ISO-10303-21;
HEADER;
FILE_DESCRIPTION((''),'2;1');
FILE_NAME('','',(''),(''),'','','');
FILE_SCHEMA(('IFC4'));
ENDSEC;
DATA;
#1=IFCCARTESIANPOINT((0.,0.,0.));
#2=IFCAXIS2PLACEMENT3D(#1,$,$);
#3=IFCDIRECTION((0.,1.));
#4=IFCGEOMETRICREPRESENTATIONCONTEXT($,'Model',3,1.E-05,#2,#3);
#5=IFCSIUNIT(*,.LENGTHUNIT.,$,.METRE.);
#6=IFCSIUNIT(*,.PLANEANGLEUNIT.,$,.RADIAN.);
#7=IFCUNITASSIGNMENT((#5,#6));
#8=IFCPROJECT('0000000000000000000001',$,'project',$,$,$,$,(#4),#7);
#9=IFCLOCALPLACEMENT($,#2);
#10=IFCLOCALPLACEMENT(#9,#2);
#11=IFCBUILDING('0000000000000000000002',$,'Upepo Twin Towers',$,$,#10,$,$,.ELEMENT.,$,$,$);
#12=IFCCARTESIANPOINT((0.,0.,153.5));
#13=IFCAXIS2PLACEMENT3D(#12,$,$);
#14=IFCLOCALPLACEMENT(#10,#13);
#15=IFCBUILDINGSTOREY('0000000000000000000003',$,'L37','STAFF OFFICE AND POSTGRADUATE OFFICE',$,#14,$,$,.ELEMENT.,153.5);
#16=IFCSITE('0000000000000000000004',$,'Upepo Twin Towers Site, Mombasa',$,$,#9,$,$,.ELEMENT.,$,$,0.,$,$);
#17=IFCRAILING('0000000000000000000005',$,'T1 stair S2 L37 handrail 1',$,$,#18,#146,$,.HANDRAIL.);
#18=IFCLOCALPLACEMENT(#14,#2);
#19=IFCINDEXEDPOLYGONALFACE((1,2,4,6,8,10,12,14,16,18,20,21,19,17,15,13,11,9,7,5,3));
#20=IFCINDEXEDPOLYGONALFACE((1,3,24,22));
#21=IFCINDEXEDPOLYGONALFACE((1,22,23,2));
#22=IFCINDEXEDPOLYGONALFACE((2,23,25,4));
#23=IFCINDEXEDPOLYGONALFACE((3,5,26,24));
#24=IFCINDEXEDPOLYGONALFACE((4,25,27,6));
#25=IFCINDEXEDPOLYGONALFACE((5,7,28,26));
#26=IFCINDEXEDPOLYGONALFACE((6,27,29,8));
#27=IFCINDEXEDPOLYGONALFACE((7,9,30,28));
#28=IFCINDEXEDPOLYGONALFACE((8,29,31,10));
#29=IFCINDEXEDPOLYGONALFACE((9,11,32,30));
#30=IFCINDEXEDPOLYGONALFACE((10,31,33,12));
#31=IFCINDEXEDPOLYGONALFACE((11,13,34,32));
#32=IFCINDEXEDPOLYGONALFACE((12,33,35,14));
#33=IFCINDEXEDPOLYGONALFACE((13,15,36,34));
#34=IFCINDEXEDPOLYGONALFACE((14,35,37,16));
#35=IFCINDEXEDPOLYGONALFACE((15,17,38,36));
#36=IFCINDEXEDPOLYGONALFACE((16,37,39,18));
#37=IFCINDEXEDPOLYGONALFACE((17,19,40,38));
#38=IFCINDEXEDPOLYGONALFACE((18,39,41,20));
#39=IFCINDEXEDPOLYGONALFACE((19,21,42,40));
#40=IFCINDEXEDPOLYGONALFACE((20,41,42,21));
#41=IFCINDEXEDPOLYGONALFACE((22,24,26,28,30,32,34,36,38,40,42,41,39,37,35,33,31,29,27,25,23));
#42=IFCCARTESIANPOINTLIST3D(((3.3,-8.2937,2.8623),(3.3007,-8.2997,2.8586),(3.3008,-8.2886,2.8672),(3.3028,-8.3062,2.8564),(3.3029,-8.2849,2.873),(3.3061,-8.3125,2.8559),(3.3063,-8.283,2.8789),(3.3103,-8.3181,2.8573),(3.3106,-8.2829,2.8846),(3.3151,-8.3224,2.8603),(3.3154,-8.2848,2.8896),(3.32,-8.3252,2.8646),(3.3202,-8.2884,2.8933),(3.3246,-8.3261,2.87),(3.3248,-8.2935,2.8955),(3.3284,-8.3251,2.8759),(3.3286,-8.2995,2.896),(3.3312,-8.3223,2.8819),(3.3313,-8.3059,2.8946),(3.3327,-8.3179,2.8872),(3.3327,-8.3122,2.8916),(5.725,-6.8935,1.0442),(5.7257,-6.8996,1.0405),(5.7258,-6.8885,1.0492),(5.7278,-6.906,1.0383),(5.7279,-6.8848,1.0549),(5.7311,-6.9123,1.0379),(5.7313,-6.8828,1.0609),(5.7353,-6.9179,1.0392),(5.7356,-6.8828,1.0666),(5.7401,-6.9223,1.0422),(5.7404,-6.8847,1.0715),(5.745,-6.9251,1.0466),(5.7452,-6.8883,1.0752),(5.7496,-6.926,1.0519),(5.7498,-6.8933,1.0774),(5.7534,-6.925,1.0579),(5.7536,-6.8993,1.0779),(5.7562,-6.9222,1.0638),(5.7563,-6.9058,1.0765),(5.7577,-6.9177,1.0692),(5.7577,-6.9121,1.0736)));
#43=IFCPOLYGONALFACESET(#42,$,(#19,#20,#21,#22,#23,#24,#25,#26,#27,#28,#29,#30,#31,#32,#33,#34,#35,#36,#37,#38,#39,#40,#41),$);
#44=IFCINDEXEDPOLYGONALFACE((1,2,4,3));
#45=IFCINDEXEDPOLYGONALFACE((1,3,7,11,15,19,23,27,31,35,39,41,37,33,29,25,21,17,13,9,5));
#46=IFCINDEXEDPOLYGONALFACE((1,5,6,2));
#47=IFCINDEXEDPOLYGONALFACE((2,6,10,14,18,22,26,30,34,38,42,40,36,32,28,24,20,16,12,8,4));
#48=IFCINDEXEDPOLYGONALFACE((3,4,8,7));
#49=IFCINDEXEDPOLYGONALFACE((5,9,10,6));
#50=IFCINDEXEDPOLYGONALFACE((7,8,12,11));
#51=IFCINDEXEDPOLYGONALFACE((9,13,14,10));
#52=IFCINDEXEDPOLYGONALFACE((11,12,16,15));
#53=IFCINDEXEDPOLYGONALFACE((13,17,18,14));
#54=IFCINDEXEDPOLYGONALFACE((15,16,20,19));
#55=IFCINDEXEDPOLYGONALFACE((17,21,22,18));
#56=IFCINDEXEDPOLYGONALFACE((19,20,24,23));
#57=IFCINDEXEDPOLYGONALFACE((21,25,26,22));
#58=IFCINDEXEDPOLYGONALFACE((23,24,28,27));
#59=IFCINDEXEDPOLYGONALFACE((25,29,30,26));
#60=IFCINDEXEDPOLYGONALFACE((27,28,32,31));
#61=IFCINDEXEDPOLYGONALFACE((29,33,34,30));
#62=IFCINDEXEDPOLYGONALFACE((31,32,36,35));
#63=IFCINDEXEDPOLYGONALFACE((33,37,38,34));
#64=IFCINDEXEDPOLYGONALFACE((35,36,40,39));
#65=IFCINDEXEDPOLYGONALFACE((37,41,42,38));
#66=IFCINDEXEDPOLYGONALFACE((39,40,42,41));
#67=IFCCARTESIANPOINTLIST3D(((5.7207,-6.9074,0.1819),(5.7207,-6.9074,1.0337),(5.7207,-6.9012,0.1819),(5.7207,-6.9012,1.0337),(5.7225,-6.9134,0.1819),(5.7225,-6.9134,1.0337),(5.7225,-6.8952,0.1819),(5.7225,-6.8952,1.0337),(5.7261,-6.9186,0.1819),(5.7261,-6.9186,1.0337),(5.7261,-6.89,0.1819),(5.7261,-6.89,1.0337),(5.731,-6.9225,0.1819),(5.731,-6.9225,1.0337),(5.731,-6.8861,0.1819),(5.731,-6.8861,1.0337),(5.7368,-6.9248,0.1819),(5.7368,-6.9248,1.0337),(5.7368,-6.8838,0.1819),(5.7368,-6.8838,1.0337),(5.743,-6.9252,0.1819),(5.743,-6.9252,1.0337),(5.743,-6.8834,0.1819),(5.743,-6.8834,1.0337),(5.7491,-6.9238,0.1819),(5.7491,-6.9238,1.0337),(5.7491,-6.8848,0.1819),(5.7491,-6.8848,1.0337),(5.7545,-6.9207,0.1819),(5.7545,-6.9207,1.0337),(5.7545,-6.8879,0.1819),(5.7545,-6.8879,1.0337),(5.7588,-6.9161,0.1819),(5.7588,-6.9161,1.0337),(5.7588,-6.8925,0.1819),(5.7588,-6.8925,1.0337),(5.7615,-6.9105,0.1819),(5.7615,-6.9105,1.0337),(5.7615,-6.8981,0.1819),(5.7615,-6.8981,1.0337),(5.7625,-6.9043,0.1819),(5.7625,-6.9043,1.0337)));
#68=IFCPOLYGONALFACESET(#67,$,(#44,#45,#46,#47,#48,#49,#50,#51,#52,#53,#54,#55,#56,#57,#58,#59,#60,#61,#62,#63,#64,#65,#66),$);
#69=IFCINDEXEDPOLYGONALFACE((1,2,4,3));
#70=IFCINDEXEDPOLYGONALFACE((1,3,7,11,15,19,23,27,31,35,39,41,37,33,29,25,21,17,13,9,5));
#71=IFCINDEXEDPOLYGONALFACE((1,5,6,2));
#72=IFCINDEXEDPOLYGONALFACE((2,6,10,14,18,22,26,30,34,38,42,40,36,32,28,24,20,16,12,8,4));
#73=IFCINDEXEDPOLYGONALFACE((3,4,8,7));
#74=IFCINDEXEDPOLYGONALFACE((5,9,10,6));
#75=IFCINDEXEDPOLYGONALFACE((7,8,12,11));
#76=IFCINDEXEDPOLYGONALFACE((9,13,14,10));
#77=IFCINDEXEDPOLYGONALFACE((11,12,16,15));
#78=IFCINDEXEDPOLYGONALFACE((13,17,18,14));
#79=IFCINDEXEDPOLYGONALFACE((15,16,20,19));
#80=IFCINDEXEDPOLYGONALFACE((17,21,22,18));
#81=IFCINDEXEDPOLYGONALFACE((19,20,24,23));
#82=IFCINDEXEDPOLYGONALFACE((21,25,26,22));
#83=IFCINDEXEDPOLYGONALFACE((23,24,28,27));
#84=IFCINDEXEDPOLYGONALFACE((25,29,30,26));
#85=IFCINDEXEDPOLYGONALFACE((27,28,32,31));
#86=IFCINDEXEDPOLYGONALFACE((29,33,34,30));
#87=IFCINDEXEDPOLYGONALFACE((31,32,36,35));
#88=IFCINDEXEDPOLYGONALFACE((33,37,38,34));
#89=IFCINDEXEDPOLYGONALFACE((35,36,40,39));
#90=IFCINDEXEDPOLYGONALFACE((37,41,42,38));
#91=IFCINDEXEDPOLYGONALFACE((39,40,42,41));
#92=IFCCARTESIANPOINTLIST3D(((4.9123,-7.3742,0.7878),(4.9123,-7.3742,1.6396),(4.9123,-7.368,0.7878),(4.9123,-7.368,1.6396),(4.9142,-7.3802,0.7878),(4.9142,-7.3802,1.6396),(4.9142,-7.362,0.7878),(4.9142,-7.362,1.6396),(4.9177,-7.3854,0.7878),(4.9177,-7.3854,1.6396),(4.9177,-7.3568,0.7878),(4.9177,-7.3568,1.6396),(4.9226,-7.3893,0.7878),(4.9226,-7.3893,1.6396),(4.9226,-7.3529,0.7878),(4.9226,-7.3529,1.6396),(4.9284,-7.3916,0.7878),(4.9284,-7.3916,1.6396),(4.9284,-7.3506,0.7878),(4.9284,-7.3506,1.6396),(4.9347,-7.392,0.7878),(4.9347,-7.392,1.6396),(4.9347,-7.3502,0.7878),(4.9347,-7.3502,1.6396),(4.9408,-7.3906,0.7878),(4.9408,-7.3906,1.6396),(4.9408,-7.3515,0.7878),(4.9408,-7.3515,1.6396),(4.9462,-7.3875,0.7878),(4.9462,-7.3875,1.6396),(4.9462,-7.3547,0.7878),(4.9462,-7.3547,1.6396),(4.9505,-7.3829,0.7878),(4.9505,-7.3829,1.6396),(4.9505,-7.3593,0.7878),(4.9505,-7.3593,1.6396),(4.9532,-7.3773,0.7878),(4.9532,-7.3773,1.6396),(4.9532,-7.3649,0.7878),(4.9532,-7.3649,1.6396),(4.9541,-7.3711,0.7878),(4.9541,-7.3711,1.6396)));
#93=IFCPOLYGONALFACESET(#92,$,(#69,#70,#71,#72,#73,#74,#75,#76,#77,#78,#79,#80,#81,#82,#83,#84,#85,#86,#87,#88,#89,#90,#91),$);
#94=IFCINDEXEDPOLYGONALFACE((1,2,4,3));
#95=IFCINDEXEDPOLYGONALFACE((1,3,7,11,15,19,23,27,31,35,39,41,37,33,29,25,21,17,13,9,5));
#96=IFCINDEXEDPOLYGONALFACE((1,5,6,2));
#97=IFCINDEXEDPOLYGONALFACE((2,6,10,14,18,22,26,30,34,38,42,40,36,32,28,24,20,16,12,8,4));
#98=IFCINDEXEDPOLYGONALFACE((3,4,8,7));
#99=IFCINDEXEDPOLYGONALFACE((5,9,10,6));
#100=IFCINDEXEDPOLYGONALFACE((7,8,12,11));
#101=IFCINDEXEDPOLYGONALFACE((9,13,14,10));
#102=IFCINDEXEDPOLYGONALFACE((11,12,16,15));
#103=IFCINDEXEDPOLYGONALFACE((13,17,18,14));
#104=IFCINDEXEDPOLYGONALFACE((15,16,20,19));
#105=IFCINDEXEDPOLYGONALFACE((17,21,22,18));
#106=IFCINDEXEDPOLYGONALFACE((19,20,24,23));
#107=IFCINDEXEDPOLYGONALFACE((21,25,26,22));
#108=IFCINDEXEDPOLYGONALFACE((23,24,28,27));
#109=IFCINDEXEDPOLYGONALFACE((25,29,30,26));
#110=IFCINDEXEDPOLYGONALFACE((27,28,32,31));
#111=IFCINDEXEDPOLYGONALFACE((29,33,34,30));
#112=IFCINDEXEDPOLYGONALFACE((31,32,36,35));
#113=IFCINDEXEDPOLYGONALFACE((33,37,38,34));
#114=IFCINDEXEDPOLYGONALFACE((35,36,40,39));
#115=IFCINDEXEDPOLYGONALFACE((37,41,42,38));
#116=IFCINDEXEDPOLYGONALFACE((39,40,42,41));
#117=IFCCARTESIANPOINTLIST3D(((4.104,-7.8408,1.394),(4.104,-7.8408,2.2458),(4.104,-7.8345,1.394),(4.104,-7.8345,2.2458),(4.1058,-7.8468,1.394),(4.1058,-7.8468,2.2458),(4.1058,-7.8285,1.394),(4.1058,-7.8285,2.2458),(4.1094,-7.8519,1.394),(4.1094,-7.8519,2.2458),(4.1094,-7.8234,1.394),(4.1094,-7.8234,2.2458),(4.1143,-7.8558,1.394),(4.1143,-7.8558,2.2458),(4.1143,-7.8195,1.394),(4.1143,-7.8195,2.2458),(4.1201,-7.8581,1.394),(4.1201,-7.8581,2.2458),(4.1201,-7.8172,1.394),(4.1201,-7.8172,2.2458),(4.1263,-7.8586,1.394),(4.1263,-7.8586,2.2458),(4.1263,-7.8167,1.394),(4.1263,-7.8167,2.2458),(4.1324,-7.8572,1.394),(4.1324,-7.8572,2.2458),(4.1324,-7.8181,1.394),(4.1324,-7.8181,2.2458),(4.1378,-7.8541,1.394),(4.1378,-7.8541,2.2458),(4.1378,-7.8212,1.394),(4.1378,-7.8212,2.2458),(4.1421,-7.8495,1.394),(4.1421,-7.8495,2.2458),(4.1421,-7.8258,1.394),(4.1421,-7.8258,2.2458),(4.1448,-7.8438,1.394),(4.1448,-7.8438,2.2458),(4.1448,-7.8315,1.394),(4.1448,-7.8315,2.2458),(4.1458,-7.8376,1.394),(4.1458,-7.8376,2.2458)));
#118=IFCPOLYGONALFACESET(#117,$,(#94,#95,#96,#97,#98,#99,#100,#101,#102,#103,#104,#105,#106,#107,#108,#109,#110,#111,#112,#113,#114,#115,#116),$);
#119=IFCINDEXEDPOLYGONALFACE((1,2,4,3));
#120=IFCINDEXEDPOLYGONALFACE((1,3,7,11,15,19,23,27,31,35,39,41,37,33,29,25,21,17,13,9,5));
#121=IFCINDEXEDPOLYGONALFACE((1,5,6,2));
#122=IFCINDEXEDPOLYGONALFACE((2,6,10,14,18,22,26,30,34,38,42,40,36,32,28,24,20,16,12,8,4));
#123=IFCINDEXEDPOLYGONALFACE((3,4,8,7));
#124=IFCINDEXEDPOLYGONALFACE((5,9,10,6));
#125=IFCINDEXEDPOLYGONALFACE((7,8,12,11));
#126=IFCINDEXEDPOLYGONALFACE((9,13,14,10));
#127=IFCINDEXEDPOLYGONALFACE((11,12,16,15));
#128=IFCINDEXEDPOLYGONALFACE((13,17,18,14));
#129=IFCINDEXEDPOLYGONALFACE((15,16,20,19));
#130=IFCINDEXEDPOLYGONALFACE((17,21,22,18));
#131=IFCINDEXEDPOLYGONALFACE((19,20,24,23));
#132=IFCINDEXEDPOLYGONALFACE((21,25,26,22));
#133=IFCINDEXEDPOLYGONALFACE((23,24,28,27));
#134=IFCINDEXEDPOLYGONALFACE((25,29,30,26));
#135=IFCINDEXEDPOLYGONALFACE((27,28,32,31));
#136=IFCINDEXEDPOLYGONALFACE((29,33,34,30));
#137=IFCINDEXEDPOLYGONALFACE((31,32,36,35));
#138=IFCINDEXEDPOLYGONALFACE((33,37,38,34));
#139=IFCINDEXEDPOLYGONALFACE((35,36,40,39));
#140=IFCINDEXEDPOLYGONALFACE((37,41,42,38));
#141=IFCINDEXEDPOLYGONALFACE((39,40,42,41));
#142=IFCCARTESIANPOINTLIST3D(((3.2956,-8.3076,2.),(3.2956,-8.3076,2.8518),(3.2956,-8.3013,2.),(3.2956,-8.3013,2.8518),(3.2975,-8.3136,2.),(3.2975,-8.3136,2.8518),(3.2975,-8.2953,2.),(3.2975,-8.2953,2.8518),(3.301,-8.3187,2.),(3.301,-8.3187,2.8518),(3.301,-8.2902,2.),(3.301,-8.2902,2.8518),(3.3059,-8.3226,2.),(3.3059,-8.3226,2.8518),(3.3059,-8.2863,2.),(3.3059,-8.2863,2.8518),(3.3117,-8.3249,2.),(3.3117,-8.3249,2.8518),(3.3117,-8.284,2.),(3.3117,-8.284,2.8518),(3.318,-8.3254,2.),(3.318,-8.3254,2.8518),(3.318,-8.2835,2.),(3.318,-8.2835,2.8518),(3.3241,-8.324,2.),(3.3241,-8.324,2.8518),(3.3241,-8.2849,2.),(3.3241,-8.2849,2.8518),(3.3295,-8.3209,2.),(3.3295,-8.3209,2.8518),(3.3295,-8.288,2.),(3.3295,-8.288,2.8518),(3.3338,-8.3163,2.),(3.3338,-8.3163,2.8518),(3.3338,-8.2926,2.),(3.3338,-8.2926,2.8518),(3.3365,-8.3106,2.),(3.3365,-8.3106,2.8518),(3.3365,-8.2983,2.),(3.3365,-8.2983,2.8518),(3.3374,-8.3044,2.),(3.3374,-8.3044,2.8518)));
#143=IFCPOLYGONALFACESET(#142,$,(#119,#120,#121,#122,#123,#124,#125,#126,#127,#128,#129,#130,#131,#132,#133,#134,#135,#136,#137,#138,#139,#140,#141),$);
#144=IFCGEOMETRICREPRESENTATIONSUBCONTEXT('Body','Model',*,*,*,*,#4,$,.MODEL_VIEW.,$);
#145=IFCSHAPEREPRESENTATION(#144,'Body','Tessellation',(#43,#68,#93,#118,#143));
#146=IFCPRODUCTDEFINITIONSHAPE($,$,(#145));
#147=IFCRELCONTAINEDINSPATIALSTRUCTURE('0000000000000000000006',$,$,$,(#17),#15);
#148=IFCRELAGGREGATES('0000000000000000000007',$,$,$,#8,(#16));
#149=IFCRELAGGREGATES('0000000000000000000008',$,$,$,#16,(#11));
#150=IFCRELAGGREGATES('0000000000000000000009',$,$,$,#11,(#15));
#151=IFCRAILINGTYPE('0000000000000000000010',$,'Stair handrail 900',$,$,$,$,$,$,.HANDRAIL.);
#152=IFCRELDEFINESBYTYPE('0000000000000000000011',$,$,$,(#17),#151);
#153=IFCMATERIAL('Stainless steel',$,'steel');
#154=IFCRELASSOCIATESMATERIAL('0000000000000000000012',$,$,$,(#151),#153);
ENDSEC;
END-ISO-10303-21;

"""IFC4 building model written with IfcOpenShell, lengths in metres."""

from ifc_helpers import new_model, si_unit, direction, frame, origin, origin_2d, place, context, subcontext, project, spatial, circle, extrude, material, type_object, element, save


model = new_model("IFC4")

# Units and contexts
model_context = context("Model", 3, precision=1e-05, world=origin(), true_north=direction((0.0, 1.0)))
body_context = subcontext(model_context, "Body", "Model", "MODEL_VIEW")
ifc_project = project(units=[si_unit("LENGTHUNIT", "METRE"), si_unit("PLANEANGLEUNIT", "RADIAN")], contexts=[model_context])

# Site, building, storey
site_placement = place(None, origin())
site = spatial("IfcSite", under=ifc_project, at=site_placement, Name="Upepo Twin Towers Site, Mombasa", CompositionType="ELEMENT", RefElevation=0.0)
building_placement = place(site_placement, origin())
building = spatial("IfcBuilding", under=site, at=building_placement, Name="Upepo Twin Towers", CompositionType="ELEMENT")
storey_placement = place(building_placement, frame((0.0, 0.0, 153.5)))
storey = spatial("IfcBuildingStorey", under=building, at=storey_placement, Name="L37", Description="STAFF OFFICE AND POSTGRADUATE OFFICE", CompositionType="ELEMENT", Elevation=153.5)

# Railing
ifc_material_1 = material(Name="Stainless steel", Category="steel")
railing_type = type_object("IfcRailingType", Name="Stair handrail 900", PredefinedType="HANDRAIL", material=ifc_material_1)
railing_placement = place(storey_placement, frame((5.7415, -6.9043, 0.1819)))
element("IfcRailing", 1, at=railing_placement, inside=storey, type_object=railing_type, Name="T1 stair S2 L37 handrail 1", PredefinedType="HANDRAIL", context=body_context, shape_type="SweptSolid", body=[
    extrude(circle(Radius=0.0239, at=origin_2d()), frame((0.0, 0.0, 0.876), z_axis=(-0.726349, -0.419371, 0.54456), x_axis=(0.500012, -0.866019, 0.0)), (0.0, 0.0, 1.0), 3.3386),
    extrude(circle(Radius=0.021, at=origin_2d()), origin(), (0.0, 0.0, 1.0), 0.8518),
    extrude(circle(Radius=0.021, at=origin_2d()), frame((-0.8083, -0.4668, 0.606)), (0.0, 0.0, 1.0), 0.8518),
    extrude(circle(Radius=0.021, at=origin_2d()), frame((-1.6167, -0.9333, 1.2122)), (0.0, 0.0, 1.0), 0.8518),
    extrude(circle(Radius=0.021, at=origin_2d()), frame((-2.425, -1.4001, 1.8181)), (0.0, 0.0, 1.0), 0.8518),
])

save(model, "model.ifc")
